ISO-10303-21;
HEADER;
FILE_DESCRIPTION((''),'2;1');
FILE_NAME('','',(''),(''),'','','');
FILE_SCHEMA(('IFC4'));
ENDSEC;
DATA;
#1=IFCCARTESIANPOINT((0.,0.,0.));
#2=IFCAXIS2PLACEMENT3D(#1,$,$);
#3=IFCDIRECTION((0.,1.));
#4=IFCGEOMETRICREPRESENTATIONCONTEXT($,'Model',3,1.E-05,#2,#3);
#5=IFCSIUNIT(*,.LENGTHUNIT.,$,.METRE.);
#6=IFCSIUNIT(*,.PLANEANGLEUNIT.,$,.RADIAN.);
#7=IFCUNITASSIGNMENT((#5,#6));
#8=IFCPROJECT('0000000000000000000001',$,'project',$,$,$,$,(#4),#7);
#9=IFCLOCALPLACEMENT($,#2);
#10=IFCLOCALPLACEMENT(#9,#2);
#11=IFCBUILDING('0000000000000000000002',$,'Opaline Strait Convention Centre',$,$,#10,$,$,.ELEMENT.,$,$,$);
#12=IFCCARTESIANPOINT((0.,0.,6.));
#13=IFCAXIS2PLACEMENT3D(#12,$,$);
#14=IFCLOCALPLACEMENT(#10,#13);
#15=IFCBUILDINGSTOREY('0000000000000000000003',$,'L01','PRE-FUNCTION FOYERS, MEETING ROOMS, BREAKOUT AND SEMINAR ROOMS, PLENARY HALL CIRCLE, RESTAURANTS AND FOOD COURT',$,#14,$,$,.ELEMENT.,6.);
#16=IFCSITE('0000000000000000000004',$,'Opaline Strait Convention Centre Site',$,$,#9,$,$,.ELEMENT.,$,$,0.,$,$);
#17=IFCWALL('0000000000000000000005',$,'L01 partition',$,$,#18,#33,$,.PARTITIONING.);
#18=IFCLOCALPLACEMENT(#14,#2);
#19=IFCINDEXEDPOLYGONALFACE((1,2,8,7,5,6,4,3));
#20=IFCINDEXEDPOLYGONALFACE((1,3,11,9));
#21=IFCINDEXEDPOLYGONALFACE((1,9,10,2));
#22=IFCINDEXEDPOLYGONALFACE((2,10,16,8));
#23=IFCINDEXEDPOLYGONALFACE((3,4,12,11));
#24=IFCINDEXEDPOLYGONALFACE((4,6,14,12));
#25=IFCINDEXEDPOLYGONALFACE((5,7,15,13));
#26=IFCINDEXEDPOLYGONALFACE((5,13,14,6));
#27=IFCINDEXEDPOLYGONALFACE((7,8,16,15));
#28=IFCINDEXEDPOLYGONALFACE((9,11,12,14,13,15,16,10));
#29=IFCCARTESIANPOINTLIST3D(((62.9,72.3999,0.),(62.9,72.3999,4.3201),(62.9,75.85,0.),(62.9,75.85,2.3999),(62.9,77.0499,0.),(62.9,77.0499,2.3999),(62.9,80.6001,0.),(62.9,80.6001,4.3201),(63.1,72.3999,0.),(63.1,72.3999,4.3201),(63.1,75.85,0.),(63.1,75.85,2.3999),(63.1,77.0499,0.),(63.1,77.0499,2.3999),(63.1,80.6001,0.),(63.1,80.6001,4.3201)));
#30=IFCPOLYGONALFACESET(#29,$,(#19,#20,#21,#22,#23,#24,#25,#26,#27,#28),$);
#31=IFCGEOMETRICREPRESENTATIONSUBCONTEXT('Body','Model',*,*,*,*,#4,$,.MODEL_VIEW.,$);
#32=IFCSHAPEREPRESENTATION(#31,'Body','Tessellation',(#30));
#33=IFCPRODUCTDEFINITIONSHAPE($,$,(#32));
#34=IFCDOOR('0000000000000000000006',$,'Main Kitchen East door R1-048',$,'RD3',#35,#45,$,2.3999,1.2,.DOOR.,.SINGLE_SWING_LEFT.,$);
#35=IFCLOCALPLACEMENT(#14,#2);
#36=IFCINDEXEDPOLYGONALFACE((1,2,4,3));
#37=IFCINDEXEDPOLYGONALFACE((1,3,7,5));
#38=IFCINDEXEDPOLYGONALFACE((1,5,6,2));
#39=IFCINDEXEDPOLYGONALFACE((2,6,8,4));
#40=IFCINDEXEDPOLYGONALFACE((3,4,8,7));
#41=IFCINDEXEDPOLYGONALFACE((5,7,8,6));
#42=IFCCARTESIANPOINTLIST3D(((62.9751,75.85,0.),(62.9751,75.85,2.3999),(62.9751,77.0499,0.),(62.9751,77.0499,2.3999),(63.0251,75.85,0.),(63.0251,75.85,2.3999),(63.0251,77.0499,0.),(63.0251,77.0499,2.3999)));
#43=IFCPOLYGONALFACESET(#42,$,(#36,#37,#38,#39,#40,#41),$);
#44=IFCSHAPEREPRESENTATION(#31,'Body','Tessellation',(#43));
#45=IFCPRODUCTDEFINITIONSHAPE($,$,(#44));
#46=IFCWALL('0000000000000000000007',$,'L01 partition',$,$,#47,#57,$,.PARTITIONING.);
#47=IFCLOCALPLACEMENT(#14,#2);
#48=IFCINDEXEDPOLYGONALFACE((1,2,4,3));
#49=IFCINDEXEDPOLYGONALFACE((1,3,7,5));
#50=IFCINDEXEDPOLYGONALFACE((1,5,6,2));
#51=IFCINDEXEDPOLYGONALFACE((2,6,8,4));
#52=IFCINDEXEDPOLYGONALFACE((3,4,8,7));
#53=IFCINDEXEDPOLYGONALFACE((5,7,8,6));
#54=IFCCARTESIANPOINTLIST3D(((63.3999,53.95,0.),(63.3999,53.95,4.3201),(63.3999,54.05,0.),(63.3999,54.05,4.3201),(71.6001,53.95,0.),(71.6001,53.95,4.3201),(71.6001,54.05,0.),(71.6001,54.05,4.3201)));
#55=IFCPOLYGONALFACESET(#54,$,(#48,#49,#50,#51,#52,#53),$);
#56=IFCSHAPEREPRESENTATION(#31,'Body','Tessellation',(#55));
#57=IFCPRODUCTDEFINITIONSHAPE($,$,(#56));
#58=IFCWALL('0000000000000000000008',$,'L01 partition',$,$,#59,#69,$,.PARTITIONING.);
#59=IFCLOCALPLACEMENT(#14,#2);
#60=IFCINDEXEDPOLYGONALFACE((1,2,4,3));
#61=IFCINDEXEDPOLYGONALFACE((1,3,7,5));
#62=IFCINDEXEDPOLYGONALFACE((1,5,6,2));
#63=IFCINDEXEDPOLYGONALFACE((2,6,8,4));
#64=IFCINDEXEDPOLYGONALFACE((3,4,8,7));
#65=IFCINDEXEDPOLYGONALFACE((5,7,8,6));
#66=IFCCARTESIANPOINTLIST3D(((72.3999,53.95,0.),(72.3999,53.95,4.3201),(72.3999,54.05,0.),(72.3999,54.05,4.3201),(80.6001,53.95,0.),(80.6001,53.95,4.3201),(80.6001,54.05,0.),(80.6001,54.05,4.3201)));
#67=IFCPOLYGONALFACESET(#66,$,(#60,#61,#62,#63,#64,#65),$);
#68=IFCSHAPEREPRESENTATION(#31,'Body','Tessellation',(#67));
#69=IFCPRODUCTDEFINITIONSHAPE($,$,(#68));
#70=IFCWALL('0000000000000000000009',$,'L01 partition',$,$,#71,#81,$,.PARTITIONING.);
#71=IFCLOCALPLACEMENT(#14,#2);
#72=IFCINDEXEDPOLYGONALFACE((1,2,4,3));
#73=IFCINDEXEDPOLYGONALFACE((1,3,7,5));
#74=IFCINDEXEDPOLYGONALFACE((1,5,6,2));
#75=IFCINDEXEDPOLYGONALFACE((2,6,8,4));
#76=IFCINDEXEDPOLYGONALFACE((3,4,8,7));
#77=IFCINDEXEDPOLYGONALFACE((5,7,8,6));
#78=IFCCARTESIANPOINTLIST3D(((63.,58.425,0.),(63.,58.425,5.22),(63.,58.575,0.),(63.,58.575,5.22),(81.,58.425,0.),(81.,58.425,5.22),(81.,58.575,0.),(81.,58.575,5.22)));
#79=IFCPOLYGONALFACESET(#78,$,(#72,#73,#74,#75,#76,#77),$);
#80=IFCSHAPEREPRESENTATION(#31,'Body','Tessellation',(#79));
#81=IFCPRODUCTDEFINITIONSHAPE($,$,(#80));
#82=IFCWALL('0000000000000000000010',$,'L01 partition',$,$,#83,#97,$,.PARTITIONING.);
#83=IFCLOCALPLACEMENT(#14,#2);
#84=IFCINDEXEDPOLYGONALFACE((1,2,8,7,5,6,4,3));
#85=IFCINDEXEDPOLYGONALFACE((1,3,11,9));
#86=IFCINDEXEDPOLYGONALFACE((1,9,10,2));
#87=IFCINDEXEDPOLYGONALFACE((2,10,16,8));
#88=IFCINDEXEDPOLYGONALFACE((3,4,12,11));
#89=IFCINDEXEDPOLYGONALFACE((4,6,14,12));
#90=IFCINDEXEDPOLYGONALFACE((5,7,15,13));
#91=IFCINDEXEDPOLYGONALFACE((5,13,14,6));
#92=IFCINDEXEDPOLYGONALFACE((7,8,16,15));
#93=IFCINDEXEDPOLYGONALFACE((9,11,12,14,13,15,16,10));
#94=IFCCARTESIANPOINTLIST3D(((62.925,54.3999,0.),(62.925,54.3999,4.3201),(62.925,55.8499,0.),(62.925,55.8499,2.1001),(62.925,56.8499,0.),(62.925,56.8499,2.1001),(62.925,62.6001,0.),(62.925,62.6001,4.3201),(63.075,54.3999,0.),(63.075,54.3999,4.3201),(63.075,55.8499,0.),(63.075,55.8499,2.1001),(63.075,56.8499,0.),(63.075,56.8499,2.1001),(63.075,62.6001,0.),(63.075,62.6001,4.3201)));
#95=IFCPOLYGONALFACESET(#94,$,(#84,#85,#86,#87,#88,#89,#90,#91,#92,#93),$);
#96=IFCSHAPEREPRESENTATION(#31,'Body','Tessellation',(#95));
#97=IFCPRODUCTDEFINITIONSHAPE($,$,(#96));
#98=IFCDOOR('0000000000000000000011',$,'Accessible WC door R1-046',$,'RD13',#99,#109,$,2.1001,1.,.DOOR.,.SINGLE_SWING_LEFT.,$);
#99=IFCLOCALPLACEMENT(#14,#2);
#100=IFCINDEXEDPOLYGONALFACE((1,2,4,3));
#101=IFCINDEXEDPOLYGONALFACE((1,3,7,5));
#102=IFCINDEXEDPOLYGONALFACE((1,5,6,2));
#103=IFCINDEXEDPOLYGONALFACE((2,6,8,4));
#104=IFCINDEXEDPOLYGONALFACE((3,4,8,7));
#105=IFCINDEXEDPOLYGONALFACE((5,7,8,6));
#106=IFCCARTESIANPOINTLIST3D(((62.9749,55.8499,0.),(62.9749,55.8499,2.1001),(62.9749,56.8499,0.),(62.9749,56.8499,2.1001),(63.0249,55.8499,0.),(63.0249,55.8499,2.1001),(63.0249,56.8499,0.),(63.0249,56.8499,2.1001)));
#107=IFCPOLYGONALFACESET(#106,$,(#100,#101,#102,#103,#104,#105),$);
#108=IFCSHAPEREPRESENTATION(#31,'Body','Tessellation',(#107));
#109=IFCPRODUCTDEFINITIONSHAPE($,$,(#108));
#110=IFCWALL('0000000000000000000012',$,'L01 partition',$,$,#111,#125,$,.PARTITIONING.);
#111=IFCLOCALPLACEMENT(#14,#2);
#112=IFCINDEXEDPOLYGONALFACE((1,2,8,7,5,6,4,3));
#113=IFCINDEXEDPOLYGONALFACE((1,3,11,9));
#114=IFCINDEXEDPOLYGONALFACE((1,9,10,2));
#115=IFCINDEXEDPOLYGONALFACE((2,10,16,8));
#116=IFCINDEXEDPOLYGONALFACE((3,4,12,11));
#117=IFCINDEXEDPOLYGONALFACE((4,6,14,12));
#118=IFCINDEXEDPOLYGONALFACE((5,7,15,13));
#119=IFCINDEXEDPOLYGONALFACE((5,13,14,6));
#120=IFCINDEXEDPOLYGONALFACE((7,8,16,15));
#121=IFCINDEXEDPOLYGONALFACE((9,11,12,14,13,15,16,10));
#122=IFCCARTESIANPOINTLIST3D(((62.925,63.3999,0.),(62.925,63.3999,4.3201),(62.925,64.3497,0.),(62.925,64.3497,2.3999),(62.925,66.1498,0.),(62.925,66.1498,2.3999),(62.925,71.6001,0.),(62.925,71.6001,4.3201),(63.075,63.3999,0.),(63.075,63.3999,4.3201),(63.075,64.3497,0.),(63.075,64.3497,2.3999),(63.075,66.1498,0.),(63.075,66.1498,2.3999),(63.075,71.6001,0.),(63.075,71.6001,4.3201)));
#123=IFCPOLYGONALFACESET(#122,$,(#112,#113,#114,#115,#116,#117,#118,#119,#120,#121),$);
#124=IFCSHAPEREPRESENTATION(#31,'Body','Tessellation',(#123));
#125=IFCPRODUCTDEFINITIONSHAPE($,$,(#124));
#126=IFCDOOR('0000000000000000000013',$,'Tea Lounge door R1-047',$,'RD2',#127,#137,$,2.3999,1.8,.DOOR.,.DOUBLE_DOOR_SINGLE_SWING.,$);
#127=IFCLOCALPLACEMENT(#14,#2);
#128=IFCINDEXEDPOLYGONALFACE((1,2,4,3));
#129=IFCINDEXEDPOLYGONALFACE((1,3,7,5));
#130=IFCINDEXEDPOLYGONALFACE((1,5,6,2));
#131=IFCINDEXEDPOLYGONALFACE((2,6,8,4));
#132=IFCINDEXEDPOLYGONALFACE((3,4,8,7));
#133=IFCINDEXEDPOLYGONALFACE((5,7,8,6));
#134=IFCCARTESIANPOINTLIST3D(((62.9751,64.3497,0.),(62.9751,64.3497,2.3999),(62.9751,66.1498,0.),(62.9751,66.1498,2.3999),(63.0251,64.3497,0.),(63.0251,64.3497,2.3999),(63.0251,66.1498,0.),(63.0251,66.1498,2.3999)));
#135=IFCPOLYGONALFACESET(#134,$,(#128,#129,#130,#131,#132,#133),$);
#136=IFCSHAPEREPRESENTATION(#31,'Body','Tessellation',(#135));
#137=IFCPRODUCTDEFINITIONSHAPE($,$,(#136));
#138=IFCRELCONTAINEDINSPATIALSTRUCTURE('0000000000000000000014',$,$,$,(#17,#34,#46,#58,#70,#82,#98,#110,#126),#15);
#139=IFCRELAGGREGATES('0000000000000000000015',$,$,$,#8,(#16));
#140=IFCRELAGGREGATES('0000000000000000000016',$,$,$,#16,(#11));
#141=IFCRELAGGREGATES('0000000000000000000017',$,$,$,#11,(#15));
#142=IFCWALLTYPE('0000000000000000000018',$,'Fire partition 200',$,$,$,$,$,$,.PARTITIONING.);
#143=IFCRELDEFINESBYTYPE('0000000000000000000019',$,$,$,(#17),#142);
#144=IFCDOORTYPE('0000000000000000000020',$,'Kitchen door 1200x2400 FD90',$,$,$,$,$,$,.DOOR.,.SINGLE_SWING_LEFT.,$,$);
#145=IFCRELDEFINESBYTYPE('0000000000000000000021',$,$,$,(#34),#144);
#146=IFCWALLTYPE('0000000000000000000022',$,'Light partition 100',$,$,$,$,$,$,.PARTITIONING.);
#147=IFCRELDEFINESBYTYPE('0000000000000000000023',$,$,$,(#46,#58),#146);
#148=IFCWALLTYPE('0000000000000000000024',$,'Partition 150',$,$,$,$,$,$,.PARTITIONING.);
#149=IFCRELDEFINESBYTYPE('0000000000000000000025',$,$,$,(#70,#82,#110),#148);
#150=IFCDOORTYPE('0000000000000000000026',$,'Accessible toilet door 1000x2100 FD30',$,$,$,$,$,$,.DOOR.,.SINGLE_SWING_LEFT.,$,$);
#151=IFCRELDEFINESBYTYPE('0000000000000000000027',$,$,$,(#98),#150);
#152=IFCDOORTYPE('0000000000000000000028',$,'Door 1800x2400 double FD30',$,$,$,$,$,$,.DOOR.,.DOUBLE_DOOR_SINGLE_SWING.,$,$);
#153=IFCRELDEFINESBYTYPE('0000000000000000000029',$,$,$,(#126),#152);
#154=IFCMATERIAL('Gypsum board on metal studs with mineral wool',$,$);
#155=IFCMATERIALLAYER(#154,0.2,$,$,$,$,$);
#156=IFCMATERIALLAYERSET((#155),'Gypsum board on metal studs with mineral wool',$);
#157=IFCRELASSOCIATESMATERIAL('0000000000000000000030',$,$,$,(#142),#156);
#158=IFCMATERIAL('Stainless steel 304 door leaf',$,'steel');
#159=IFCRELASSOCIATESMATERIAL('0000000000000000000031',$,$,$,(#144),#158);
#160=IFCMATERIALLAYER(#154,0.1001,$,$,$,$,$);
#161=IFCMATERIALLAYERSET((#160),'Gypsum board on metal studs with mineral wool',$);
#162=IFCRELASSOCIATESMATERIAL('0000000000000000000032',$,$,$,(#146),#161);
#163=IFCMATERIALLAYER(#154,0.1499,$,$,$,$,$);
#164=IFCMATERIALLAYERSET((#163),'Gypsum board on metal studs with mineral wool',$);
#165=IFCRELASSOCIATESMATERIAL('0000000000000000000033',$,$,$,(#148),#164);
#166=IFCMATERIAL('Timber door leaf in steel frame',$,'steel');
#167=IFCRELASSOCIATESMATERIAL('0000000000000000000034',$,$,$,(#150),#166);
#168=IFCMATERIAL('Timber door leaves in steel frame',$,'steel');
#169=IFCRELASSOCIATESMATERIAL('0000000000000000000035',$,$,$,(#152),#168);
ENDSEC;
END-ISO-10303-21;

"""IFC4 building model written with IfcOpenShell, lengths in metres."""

from ifc_helpers import new_model, si_unit, direction, frame, frame_2d, origin, place, context, subcontext, project, spatial, rectangle, extrude, material, layer, layer_set, type_object, element, fill, save


model = new_model("IFC4")

# Units and contexts
model_context = context("Model", 3, precision=1e-05, world=origin(), true_north=direction((0.0, 1.0)))
body_context = subcontext(model_context, "Body", "Model", "MODEL_VIEW")
ifc_project = project(units=[si_unit("LENGTHUNIT", "METRE"), si_unit("PLANEANGLEUNIT", "RADIAN")], contexts=[model_context])

# Site, building, storey
site_placement = place(None, origin())
site = spatial("IfcSite", under=ifc_project, at=site_placement, Name="Opaline Strait Convention Centre Site", CompositionType="ELEMENT", RefElevation=0.0)
building_placement = place(site_placement, origin())
building = spatial("IfcBuilding", under=site, at=building_placement, Name="Opaline Strait Convention Centre", CompositionType="ELEMENT")
storey_placement = place(building_placement, frame((0.0, 0.0, 6.0)))
storey = spatial("IfcBuildingStorey", under=building, at=storey_placement, Name="L01", Description="PRE-FUNCTION FOYERS, MEETING ROOMS, BREAKOUT AND SEMINAR ROOMS, PLENARY HALL CIRCLE, RESTAURANTS AND FOOD COURT", CompositionType="ELEMENT", Elevation=6.0)

# Shared definitions
ifc_material_1 = material(Name="Gypsum board on metal studs with mineral wool")
ifc_layer_1 = layer(ifc_material_1, 0.2)
ifc_layer_set_1 = layer_set([ifc_layer_1], Name="Gypsum board on metal studs with mineral wool")
wall_type_1 = type_object("IfcWallType", Name="Fire partition 200", PredefinedType="PARTITIONING", material=ifc_layer_set_1)

# Wall, opening, door
wall_1_placement = place(storey_placement, frame((63.0, 72.3999, 0.0), z_axis=(0.0, 0.0, 1.0), x_axis=(0.0, 1.0, 0.0)))
wall_1 = element("IfcWall", 1, at=wall_1_placement, inside=storey, type_object=wall_type_1, Name="L01 partition", PredefinedType="PARTITIONING", context=body_context, shape_type="SweptSolid", body=[
    extrude(rectangle(XDim=8.2002, YDim=0.2, at=frame_2d((4.1001, 0.0))), origin(), (0.0, 0.0, 1.0), 4.3201),
])
opening_1_placement = place(wall_1_placement, frame((3.45, 0.0, 0.0)))
opening_1 = element("IfcOpeningElement", 2, at=opening_1_placement, cuts=wall_1, PredefinedType="OPENING", context=body_context, shape_type="SweptSolid", body=[
    extrude(rectangle(XDim=1.2, YDim=2.3999, at=frame_2d((0.6001, 1.2))), frame((0.0, 0.1099, 0.0), z_axis=(0.0, -1.0, 0.0), x_axis=(1.0, 0.0, 0.0)), (0.0, 0.0, 1.0), 0.22),
])
ifc_material_2 = material(Name="Stainless steel 304 door leaf", Category="steel")
door_type_1 = type_object("IfcDoorType", Name="Kitchen door 1200x2400 FD90", OperationType="SINGLE_SWING_LEFT", PredefinedType="DOOR", material=ifc_material_2)
door_1_placement = place(opening_1_placement, origin())
door_1 = element("IfcDoor", 3, at=door_1_placement, inside=storey, type_object=door_type_1, Name="Main Kitchen East door R1-048", ObjectType="RD3", OperationType="SINGLE_SWING_LEFT", OverallHeight=2.3999, OverallWidth=1.2, PredefinedType="DOOR", context=body_context, shape_type="SweptSolid", body=[
    extrude(rectangle(XDim=1.2, YDim=2.3999, at=frame_2d((0.6001, 1.2))), frame((0.0, 0.0249, 0.0), z_axis=(0.0, -1.0, 0.0), x_axis=(1.0, 0.0, 0.0)), (0.0, 0.0, 1.0), 0.05),
])
fill(opening_1, door_1)

# Walls
ifc_layer_2 = layer(ifc_material_1, 0.1001)
ifc_layer_set_2 = layer_set([ifc_layer_2], Name="Gypsum board on metal studs with mineral wool")
wall_type_2 = type_object("IfcWallType", Name="Light partition 100", PredefinedType="PARTITIONING", material=ifc_layer_set_2)
for number, where, z_axis, x_axis, name in (
    (4, (63.3999, 54.0, 0.0), (0.0, 0.0, 1.0), (1.0, 0.0, 0.0), "L01 partition"),
    (5, (72.3999, 54.0, 0.0), (0.0, 0.0, 1.0), (1.0, 0.0, 0.0), "L01 partition"),
):
    element("IfcWall", number, at=place(storey_placement, frame(where, z_axis=z_axis, x_axis=x_axis)), inside=storey, type_object=wall_type_2, Name=name, PredefinedType="PARTITIONING", context=body_context, shape_type="SweptSolid", body=[
        extrude(rectangle(XDim=8.2002, YDim=0.1001, at=frame_2d((4.1001, 0.0))), origin(), (0.0, 0.0, 1.0), 4.3201),
    ])
ifc_layer_3 = layer(ifc_material_1, 0.1499)
ifc_layer_set_3 = layer_set([ifc_layer_3], Name="Gypsum board on metal studs with mineral wool")
wall_type_3 = type_object("IfcWallType", Name="Partition 150", PredefinedType="PARTITIONING", material=ifc_layer_set_3)
wall_2_placement = place(storey_placement, frame((63.0, 58.5, 0.0), z_axis=(0.0, 0.0, 1.0), x_axis=(1.0, 0.0, 0.0)))
element("IfcWall", 6, at=wall_2_placement, inside=storey, type_object=wall_type_3, Name="L01 partition", PredefinedType="PARTITIONING", context=body_context, shape_type="SweptSolid", body=[
    extrude(rectangle(XDim=18.0, YDim=0.1499, at=frame_2d((9.0, 0.0))), origin(), (0.0, 0.0, 1.0), 5.22),
])

# Walls, openings, doors
wall_3_placement = place(storey_placement, frame((63.0, 54.3999, 0.0), z_axis=(0.0, 0.0, 1.0), x_axis=(0.0, 1.0, 0.0)))
wall_3 = element("IfcWall", 7, at=wall_3_placement, inside=storey, type_object=wall_type_3, Name="L01 partition", PredefinedType="PARTITIONING", context=body_context, shape_type="SweptSolid", body=[
    extrude(rectangle(XDim=8.2002, YDim=0.1499, at=frame_2d((4.1001, 0.0))), origin(), (0.0, 0.0, 1.0), 4.3201),
])
opening_2_placement = place(wall_3_placement, frame((1.45, 0.0, 0.0)))
opening_2 = element("IfcOpeningElement", 8, at=opening_2_placement, cuts=wall_3, PredefinedType="OPENING", context=body_context, shape_type="SweptSolid", body=[
    extrude(rectangle(XDim=1.0, YDim=2.1001, at=frame_2d((0.5, 1.05))), frame((0.0, 0.085, 0.0), z_axis=(0.0, -1.0, 0.0), x_axis=(1.0, 0.0, 0.0)), (0.0, 0.0, 1.0), 0.1699),
])
ifc_material_3 = material(Name="Timber door leaf in steel frame", Category="steel")
door_type_2 = type_object("IfcDoorType", Name="Accessible toilet door 1000x2100 FD30", OperationType="SINGLE_SWING_LEFT", PredefinedType="DOOR", material=ifc_material_3)
door_2_placement = place(opening_2_placement, frame((1.0, 0.0, 0.0), z_axis=(0.0, 0.0, 1.0), x_axis=(-1.0, 0.0, 0.0)))
door_2 = element("IfcDoor", 9, at=door_2_placement, inside=storey, type_object=door_type_2, Name="Accessible WC door R1-046", ObjectType="RD13", OperationType="SINGLE_SWING_LEFT", OverallHeight=2.1001, OverallWidth=1.0, PredefinedType="DOOR", context=body_context, shape_type="SweptSolid", body=[
    extrude(rectangle(XDim=1.0, YDim=2.1001, at=frame_2d((0.5, 1.05))), frame((0.0, 0.0249, 0.0), z_axis=(0.0, -1.0, 0.0), x_axis=(1.0, 0.0, 0.0)), (0.0, 0.0, 1.0), 0.05),
])
fill(opening_2, door_2)
wall_4_placement = place(storey_placement, frame((63.0, 63.3999, 0.0), z_axis=(0.0, 0.0, 1.0), x_axis=(0.0, 1.0, 0.0)))
wall_4 = element("IfcWall", 10, at=wall_4_placement, inside=storey, type_object=wall_type_3, Name="L01 partition", PredefinedType="PARTITIONING", context=body_context, shape_type="SweptSolid", body=[
    extrude(rectangle(XDim=8.2002, YDim=0.1499, at=frame_2d((4.1001, 0.0))), origin(), (0.0, 0.0, 1.0), 4.3201),
])
opening_3_placement = place(wall_4_placement, frame((0.95, 0.0, 0.0)))
opening_3 = element("IfcOpeningElement", 11, at=opening_3_placement, cuts=wall_4, PredefinedType="OPENING", context=body_context, shape_type="SweptSolid", body=[
    extrude(rectangle(XDim=1.8, YDim=2.3999, at=frame_2d((0.8999, 1.2))), frame((0.0, 0.085, 0.0), z_axis=(0.0, -1.0, 0.0), x_axis=(1.0, 0.0, 0.0)), (0.0, 0.0, 1.0), 0.1699),
])
ifc_material_4 = material(Name="Timber door leaves in steel frame", Category="steel")
door_type_3 = type_object("IfcDoorType", Name="Door 1800x2400 double FD30", OperationType="DOUBLE_DOOR_SINGLE_SWING", PredefinedType="DOOR", material=ifc_material_4)
door_3_placement = place(opening_3_placement, origin())
door_3 = element("IfcDoor", 12, at=door_3_placement, inside=storey, type_object=door_type_3, Name="Tea Lounge door R1-047", ObjectType="RD2", OperationType="DOUBLE_DOOR_SINGLE_SWING", OverallHeight=2.3999, OverallWidth=1.8, PredefinedType="DOOR", context=body_context, shape_type="SweptSolid", body=[
    extrude(rectangle(XDim=1.8, YDim=2.3999, at=frame_2d((0.8999, 1.2))), frame((0.0, 0.0249, 0.0), z_axis=(0.0, -1.0, 0.0), x_axis=(1.0, 0.0, 0.0)), (0.0, 0.0, 1.0), 0.05),
])
fill(opening_3, door_3)

save(model, "model.ifc")
